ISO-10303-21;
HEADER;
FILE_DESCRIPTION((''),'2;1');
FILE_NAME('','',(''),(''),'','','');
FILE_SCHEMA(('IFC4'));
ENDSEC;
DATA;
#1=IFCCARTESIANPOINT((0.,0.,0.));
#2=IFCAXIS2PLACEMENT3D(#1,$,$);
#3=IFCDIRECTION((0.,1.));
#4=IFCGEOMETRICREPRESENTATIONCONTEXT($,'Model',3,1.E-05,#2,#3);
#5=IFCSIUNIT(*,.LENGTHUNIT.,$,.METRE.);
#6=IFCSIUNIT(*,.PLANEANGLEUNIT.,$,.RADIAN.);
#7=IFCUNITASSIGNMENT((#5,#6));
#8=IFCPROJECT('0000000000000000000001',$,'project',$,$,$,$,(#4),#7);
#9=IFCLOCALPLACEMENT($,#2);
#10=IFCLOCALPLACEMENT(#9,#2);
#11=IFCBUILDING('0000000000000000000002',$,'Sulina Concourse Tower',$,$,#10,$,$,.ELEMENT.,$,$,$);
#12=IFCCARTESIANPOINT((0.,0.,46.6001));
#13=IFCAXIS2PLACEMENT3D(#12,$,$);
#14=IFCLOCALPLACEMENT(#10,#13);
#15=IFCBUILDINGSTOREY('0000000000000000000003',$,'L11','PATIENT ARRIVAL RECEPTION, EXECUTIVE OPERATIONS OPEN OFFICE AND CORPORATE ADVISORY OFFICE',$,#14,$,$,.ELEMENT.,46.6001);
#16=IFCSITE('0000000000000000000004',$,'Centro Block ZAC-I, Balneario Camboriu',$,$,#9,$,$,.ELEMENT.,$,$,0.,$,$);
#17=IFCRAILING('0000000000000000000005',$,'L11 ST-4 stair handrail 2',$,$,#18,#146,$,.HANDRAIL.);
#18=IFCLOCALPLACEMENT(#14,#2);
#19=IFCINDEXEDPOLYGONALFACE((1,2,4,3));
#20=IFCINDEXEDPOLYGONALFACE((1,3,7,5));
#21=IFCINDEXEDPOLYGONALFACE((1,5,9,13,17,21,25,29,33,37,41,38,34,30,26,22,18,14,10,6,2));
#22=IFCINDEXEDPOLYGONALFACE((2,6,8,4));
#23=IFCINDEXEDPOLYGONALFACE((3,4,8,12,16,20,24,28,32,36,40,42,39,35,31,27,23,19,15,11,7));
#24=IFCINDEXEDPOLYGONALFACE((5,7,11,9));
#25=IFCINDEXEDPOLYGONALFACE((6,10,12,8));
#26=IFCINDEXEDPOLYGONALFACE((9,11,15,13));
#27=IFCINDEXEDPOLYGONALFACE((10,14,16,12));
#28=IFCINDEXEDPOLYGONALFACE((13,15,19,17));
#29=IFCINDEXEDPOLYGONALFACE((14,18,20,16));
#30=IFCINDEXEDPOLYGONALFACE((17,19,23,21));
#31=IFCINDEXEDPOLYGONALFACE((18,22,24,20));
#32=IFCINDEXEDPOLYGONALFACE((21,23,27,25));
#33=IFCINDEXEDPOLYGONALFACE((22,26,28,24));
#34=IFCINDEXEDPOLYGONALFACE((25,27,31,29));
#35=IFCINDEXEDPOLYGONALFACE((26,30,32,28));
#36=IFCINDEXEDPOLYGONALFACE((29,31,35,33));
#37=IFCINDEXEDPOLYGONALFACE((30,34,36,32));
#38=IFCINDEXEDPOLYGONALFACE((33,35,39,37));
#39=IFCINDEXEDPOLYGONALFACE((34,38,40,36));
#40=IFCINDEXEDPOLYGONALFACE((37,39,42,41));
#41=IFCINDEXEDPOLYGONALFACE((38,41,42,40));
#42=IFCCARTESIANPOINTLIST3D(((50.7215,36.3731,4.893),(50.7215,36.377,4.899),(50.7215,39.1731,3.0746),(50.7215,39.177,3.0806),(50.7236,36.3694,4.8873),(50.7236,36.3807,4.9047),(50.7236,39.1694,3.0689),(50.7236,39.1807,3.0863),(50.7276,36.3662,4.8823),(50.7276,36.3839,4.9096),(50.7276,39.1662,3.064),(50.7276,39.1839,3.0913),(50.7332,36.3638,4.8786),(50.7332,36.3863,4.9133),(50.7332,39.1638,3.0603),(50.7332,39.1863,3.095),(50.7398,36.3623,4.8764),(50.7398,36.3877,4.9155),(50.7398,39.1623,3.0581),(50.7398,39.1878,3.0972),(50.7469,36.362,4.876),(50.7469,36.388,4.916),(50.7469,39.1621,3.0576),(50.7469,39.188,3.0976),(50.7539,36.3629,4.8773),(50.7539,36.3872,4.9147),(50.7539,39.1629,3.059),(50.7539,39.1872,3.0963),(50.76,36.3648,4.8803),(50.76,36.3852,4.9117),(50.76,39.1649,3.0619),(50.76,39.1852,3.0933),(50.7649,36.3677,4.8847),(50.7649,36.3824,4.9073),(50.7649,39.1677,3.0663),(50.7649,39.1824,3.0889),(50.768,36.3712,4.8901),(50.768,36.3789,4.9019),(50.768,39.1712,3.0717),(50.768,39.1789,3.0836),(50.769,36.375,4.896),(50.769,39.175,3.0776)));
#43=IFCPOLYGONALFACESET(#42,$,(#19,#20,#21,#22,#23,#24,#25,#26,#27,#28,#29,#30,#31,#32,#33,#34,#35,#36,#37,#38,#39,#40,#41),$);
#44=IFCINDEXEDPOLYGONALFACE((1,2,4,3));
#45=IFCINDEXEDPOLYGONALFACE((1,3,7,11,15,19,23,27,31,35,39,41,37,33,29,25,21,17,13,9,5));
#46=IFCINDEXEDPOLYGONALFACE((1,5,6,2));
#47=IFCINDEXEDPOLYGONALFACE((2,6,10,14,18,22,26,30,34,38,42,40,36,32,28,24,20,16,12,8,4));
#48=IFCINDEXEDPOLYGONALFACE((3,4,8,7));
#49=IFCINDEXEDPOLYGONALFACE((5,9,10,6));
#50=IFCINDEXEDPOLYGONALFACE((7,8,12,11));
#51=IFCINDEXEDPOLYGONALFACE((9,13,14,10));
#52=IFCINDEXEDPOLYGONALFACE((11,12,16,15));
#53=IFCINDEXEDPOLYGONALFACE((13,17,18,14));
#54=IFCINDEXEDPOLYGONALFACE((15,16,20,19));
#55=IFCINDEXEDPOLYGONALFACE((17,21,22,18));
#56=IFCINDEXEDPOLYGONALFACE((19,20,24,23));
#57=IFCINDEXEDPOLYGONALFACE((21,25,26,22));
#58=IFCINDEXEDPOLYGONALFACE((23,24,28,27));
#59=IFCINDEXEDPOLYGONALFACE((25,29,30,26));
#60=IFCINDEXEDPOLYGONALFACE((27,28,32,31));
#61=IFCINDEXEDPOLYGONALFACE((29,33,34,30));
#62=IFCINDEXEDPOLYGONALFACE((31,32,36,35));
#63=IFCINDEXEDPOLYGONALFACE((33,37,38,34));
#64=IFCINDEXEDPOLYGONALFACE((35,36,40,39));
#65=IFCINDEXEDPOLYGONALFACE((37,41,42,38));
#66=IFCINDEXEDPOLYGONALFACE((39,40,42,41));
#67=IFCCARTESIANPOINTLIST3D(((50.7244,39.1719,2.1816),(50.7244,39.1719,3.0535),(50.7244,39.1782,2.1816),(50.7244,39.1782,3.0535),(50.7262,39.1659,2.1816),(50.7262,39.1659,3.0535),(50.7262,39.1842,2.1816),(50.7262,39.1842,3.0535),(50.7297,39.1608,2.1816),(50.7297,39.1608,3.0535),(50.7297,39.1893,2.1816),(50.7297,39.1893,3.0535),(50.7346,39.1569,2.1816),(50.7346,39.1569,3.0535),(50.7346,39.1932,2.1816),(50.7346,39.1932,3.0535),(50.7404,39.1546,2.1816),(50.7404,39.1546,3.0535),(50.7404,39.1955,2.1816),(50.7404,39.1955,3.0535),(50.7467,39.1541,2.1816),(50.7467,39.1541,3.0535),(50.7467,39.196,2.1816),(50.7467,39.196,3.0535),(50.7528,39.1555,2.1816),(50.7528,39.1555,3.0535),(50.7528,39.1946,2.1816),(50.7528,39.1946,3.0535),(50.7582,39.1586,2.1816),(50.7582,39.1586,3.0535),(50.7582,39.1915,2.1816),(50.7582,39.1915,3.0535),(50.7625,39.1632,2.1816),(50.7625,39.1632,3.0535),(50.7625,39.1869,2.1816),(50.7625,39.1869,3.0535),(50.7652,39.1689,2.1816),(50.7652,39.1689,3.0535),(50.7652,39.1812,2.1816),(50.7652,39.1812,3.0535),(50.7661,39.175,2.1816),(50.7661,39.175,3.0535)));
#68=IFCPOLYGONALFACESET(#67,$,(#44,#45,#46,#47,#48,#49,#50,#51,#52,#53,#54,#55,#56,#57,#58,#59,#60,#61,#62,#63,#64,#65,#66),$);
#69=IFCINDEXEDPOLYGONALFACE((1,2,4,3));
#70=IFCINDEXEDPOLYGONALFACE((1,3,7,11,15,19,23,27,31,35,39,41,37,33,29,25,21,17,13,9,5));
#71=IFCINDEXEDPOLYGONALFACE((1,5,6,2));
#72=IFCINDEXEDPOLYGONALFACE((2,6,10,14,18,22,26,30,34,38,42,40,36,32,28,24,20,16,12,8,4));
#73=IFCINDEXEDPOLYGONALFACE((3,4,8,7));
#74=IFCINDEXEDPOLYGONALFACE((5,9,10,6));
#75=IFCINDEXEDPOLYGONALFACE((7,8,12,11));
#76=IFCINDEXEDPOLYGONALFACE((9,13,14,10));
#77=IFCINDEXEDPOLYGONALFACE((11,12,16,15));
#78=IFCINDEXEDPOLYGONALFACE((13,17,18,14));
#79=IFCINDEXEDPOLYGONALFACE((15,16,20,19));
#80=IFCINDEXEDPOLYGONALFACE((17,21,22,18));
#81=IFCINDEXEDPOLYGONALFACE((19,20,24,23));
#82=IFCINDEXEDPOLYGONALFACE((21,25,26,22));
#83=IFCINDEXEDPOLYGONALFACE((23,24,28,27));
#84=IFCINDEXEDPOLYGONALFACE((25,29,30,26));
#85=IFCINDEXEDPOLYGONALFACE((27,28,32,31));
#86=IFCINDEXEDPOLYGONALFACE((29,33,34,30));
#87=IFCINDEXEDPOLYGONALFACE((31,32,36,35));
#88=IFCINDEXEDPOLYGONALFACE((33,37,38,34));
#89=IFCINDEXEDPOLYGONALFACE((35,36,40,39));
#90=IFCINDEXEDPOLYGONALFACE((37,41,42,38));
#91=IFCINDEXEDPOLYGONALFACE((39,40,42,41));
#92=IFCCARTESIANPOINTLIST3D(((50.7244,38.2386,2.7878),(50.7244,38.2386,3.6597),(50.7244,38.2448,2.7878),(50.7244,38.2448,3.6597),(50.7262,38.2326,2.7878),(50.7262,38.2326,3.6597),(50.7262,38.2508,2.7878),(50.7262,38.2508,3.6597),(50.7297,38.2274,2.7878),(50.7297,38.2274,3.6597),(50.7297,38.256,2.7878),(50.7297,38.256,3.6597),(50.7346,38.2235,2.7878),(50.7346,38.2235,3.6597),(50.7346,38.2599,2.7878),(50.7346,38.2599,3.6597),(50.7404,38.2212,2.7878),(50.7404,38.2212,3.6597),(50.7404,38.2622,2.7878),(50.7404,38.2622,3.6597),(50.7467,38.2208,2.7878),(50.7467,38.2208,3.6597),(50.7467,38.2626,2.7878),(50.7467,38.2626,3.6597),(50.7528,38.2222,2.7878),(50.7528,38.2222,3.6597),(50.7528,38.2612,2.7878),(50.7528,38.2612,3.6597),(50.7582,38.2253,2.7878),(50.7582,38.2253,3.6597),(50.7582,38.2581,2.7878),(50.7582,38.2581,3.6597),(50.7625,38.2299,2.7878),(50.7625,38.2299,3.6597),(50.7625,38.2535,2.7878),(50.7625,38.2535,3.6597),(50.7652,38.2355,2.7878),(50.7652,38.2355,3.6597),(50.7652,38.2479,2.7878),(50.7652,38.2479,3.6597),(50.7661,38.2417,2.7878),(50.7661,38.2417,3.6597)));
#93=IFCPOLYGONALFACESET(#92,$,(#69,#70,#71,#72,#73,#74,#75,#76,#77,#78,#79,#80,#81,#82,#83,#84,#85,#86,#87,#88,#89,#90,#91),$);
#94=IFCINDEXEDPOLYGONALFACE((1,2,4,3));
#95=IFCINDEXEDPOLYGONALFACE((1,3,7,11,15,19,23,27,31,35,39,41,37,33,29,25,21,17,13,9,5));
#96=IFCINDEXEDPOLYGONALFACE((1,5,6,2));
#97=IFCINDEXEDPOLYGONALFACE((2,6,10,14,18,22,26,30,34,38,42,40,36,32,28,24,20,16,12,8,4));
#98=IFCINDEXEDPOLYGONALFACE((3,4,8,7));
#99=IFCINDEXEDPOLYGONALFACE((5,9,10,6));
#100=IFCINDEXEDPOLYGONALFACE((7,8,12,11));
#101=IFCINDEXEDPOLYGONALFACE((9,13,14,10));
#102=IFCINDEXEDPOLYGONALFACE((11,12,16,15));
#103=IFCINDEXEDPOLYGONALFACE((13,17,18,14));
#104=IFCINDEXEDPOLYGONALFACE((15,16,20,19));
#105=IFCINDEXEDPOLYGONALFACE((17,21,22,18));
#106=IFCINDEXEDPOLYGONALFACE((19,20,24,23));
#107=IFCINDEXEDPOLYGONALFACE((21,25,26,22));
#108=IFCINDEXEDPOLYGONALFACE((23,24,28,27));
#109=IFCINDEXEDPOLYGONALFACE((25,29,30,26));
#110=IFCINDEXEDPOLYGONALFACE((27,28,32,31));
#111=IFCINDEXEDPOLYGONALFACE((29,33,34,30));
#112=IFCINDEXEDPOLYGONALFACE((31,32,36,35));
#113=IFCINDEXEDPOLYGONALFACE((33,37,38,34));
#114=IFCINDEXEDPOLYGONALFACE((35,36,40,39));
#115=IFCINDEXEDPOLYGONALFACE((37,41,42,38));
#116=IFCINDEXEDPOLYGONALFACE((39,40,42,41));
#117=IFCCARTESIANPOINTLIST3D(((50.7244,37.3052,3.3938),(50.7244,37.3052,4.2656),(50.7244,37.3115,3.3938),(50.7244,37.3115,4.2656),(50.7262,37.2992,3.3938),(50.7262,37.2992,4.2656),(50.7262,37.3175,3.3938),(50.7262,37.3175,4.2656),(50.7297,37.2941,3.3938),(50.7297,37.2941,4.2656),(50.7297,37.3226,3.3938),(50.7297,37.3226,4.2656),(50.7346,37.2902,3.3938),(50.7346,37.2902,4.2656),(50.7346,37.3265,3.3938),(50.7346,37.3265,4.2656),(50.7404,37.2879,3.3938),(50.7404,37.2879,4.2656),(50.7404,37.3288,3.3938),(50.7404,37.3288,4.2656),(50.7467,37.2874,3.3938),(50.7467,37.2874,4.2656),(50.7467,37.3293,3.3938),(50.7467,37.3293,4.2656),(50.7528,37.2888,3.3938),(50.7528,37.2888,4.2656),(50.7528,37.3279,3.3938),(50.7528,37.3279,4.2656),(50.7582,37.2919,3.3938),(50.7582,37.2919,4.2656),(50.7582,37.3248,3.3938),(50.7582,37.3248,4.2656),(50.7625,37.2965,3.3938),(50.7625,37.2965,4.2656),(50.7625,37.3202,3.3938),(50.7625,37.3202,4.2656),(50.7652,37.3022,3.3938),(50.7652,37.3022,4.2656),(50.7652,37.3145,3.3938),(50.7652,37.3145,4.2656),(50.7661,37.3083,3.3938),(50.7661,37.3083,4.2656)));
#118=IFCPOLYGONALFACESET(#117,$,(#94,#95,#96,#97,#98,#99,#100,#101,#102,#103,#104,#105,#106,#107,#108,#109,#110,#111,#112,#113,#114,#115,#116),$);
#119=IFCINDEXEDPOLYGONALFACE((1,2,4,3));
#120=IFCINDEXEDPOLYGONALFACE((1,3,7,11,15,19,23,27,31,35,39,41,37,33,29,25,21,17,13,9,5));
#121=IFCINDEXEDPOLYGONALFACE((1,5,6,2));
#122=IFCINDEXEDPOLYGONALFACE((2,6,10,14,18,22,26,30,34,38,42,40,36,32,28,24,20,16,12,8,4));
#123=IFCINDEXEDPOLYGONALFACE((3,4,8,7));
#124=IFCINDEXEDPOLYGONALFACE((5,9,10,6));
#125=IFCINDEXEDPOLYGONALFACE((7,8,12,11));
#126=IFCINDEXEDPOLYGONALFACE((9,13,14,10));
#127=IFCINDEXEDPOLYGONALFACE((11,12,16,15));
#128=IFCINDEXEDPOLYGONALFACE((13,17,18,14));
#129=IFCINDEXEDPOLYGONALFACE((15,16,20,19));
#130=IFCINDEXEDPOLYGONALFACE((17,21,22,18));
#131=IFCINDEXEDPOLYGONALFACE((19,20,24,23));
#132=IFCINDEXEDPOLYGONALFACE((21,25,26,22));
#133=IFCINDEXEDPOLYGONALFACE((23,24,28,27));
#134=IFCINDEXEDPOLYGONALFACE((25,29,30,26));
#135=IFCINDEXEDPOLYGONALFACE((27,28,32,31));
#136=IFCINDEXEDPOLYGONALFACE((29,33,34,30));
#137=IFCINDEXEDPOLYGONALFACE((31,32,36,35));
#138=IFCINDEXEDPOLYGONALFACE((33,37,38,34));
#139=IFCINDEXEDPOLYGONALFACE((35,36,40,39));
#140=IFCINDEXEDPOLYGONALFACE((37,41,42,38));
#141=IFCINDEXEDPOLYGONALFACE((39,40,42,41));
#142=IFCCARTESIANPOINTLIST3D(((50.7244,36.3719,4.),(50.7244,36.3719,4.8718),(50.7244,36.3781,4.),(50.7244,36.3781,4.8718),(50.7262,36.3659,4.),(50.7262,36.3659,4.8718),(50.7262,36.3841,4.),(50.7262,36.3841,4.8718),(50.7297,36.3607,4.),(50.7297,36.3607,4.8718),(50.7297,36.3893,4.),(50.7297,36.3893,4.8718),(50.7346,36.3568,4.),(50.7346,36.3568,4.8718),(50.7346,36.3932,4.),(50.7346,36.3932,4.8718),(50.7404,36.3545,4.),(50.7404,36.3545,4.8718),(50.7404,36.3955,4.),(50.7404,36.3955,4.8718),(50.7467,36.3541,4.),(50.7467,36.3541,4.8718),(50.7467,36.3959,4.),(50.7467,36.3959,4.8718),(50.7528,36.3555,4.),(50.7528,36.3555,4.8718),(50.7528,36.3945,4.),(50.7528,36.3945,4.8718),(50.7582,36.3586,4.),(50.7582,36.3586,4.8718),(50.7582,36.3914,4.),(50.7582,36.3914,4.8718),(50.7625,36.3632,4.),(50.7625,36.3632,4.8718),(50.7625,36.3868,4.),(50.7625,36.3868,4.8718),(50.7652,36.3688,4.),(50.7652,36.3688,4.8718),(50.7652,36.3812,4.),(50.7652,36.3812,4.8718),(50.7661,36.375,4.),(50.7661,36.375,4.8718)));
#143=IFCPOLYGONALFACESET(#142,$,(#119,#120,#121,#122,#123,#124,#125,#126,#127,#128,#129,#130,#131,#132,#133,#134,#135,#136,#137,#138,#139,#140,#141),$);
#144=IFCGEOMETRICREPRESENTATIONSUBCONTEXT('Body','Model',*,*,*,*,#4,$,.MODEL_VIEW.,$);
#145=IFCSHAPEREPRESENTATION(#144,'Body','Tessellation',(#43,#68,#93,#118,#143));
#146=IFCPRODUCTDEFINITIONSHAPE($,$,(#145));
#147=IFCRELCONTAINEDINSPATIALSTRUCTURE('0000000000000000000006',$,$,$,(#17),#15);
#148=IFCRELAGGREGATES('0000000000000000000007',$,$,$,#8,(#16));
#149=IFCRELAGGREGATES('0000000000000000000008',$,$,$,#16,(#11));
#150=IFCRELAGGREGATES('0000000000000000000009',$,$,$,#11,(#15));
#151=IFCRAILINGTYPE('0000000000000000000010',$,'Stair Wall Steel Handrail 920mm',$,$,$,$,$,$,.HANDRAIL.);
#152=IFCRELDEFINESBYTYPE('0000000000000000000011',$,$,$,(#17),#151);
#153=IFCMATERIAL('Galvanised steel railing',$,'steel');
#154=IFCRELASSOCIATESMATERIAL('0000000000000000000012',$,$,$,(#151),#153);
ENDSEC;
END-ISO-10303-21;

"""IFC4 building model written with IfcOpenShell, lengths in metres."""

from ifc_helpers import new_model, si_unit, direction, frame, origin, origin_2d, place, context, subcontext, project, spatial, circle, extrude, material, type_object, element, save


model = new_model("IFC4")

# Units and contexts
model_context = context("Model", 3, precision=1e-05, world=origin(), true_north=direction((0.0, 1.0)))
body_context = subcontext(model_context, "Body", "Model", "MODEL_VIEW")
ifc_project = project(units=[si_unit("LENGTHUNIT", "METRE"), si_unit("PLANEANGLEUNIT", "RADIAN")], contexts=[model_context])

# Site, building, storey
site_placement = place(None, origin())
site = spatial("IfcSite", under=ifc_project, at=site_placement, Name="Centro Block ZAC-I, Balneario Camboriu", CompositionType="ELEMENT", RefElevation=0.0)
building_placement = place(site_placement, origin())
building = spatial("IfcBuilding", under=site, at=building_placement, Name="Sulina Concourse Tower", CompositionType="ELEMENT")
storey_placement = place(building_placement, frame((0.0, 0.0, 46.6001)))
storey = spatial("IfcBuildingStorey", under=building, at=storey_placement, Name="L11", Description="PATIENT ARRIVAL RECEPTION, EXECUTIVE OPERATIONS OPEN OFFICE AND CORPORATE ADVISORY OFFICE", CompositionType="ELEMENT", Elevation=46.6001)

# Railing
ifc_material_1 = material(Name="Galvanised steel railing", Category="steel")
railing_type_1 = type_object("IfcRailingType", Name="Stair Wall Steel Handrail 920mm", PredefinedType="HANDRAIL", material=ifc_material_1)
railing_1_placement = place(storey_placement, frame((50.7451, 39.175, 2.1816)))
element("IfcRailing", 1, at=railing_1_placement, inside=storey, type_object=railing_type_1, Name="L11 ST-4 stair handrail 2", PredefinedType="HANDRAIL", context=body_context, shape_type="SweptSolid", body=[
    extrude(circle(Radius=0.0239, at=origin_2d()), frame((0.0, 0.0, 0.896), z_axis=(0.0, -0.838672, 0.544636), x_axis=(1.0, 0.0, 0.0)), (0.0, 0.0, 1.0), 3.3386),
    extrude(circle(Radius=0.021, at=origin_2d()), origin(), (0.0, 0.0, 1.0), 0.8718),
    extrude(circle(Radius=0.021, at=origin_2d()), frame((0.0, -0.9333, 0.6062)), (0.0, 0.0, 1.0), 0.8718),
    extrude(circle(Radius=0.021, at=origin_2d()), frame((0.0, -1.8667, 1.2122)), (0.0, 0.0, 1.0), 0.8718),
    extrude(circle(Radius=0.021, at=origin_2d()), frame((0.0, -2.8, 1.8184)), (0.0, 0.0, 1.0), 0.8718),
])

save(model, "model.ifc")
